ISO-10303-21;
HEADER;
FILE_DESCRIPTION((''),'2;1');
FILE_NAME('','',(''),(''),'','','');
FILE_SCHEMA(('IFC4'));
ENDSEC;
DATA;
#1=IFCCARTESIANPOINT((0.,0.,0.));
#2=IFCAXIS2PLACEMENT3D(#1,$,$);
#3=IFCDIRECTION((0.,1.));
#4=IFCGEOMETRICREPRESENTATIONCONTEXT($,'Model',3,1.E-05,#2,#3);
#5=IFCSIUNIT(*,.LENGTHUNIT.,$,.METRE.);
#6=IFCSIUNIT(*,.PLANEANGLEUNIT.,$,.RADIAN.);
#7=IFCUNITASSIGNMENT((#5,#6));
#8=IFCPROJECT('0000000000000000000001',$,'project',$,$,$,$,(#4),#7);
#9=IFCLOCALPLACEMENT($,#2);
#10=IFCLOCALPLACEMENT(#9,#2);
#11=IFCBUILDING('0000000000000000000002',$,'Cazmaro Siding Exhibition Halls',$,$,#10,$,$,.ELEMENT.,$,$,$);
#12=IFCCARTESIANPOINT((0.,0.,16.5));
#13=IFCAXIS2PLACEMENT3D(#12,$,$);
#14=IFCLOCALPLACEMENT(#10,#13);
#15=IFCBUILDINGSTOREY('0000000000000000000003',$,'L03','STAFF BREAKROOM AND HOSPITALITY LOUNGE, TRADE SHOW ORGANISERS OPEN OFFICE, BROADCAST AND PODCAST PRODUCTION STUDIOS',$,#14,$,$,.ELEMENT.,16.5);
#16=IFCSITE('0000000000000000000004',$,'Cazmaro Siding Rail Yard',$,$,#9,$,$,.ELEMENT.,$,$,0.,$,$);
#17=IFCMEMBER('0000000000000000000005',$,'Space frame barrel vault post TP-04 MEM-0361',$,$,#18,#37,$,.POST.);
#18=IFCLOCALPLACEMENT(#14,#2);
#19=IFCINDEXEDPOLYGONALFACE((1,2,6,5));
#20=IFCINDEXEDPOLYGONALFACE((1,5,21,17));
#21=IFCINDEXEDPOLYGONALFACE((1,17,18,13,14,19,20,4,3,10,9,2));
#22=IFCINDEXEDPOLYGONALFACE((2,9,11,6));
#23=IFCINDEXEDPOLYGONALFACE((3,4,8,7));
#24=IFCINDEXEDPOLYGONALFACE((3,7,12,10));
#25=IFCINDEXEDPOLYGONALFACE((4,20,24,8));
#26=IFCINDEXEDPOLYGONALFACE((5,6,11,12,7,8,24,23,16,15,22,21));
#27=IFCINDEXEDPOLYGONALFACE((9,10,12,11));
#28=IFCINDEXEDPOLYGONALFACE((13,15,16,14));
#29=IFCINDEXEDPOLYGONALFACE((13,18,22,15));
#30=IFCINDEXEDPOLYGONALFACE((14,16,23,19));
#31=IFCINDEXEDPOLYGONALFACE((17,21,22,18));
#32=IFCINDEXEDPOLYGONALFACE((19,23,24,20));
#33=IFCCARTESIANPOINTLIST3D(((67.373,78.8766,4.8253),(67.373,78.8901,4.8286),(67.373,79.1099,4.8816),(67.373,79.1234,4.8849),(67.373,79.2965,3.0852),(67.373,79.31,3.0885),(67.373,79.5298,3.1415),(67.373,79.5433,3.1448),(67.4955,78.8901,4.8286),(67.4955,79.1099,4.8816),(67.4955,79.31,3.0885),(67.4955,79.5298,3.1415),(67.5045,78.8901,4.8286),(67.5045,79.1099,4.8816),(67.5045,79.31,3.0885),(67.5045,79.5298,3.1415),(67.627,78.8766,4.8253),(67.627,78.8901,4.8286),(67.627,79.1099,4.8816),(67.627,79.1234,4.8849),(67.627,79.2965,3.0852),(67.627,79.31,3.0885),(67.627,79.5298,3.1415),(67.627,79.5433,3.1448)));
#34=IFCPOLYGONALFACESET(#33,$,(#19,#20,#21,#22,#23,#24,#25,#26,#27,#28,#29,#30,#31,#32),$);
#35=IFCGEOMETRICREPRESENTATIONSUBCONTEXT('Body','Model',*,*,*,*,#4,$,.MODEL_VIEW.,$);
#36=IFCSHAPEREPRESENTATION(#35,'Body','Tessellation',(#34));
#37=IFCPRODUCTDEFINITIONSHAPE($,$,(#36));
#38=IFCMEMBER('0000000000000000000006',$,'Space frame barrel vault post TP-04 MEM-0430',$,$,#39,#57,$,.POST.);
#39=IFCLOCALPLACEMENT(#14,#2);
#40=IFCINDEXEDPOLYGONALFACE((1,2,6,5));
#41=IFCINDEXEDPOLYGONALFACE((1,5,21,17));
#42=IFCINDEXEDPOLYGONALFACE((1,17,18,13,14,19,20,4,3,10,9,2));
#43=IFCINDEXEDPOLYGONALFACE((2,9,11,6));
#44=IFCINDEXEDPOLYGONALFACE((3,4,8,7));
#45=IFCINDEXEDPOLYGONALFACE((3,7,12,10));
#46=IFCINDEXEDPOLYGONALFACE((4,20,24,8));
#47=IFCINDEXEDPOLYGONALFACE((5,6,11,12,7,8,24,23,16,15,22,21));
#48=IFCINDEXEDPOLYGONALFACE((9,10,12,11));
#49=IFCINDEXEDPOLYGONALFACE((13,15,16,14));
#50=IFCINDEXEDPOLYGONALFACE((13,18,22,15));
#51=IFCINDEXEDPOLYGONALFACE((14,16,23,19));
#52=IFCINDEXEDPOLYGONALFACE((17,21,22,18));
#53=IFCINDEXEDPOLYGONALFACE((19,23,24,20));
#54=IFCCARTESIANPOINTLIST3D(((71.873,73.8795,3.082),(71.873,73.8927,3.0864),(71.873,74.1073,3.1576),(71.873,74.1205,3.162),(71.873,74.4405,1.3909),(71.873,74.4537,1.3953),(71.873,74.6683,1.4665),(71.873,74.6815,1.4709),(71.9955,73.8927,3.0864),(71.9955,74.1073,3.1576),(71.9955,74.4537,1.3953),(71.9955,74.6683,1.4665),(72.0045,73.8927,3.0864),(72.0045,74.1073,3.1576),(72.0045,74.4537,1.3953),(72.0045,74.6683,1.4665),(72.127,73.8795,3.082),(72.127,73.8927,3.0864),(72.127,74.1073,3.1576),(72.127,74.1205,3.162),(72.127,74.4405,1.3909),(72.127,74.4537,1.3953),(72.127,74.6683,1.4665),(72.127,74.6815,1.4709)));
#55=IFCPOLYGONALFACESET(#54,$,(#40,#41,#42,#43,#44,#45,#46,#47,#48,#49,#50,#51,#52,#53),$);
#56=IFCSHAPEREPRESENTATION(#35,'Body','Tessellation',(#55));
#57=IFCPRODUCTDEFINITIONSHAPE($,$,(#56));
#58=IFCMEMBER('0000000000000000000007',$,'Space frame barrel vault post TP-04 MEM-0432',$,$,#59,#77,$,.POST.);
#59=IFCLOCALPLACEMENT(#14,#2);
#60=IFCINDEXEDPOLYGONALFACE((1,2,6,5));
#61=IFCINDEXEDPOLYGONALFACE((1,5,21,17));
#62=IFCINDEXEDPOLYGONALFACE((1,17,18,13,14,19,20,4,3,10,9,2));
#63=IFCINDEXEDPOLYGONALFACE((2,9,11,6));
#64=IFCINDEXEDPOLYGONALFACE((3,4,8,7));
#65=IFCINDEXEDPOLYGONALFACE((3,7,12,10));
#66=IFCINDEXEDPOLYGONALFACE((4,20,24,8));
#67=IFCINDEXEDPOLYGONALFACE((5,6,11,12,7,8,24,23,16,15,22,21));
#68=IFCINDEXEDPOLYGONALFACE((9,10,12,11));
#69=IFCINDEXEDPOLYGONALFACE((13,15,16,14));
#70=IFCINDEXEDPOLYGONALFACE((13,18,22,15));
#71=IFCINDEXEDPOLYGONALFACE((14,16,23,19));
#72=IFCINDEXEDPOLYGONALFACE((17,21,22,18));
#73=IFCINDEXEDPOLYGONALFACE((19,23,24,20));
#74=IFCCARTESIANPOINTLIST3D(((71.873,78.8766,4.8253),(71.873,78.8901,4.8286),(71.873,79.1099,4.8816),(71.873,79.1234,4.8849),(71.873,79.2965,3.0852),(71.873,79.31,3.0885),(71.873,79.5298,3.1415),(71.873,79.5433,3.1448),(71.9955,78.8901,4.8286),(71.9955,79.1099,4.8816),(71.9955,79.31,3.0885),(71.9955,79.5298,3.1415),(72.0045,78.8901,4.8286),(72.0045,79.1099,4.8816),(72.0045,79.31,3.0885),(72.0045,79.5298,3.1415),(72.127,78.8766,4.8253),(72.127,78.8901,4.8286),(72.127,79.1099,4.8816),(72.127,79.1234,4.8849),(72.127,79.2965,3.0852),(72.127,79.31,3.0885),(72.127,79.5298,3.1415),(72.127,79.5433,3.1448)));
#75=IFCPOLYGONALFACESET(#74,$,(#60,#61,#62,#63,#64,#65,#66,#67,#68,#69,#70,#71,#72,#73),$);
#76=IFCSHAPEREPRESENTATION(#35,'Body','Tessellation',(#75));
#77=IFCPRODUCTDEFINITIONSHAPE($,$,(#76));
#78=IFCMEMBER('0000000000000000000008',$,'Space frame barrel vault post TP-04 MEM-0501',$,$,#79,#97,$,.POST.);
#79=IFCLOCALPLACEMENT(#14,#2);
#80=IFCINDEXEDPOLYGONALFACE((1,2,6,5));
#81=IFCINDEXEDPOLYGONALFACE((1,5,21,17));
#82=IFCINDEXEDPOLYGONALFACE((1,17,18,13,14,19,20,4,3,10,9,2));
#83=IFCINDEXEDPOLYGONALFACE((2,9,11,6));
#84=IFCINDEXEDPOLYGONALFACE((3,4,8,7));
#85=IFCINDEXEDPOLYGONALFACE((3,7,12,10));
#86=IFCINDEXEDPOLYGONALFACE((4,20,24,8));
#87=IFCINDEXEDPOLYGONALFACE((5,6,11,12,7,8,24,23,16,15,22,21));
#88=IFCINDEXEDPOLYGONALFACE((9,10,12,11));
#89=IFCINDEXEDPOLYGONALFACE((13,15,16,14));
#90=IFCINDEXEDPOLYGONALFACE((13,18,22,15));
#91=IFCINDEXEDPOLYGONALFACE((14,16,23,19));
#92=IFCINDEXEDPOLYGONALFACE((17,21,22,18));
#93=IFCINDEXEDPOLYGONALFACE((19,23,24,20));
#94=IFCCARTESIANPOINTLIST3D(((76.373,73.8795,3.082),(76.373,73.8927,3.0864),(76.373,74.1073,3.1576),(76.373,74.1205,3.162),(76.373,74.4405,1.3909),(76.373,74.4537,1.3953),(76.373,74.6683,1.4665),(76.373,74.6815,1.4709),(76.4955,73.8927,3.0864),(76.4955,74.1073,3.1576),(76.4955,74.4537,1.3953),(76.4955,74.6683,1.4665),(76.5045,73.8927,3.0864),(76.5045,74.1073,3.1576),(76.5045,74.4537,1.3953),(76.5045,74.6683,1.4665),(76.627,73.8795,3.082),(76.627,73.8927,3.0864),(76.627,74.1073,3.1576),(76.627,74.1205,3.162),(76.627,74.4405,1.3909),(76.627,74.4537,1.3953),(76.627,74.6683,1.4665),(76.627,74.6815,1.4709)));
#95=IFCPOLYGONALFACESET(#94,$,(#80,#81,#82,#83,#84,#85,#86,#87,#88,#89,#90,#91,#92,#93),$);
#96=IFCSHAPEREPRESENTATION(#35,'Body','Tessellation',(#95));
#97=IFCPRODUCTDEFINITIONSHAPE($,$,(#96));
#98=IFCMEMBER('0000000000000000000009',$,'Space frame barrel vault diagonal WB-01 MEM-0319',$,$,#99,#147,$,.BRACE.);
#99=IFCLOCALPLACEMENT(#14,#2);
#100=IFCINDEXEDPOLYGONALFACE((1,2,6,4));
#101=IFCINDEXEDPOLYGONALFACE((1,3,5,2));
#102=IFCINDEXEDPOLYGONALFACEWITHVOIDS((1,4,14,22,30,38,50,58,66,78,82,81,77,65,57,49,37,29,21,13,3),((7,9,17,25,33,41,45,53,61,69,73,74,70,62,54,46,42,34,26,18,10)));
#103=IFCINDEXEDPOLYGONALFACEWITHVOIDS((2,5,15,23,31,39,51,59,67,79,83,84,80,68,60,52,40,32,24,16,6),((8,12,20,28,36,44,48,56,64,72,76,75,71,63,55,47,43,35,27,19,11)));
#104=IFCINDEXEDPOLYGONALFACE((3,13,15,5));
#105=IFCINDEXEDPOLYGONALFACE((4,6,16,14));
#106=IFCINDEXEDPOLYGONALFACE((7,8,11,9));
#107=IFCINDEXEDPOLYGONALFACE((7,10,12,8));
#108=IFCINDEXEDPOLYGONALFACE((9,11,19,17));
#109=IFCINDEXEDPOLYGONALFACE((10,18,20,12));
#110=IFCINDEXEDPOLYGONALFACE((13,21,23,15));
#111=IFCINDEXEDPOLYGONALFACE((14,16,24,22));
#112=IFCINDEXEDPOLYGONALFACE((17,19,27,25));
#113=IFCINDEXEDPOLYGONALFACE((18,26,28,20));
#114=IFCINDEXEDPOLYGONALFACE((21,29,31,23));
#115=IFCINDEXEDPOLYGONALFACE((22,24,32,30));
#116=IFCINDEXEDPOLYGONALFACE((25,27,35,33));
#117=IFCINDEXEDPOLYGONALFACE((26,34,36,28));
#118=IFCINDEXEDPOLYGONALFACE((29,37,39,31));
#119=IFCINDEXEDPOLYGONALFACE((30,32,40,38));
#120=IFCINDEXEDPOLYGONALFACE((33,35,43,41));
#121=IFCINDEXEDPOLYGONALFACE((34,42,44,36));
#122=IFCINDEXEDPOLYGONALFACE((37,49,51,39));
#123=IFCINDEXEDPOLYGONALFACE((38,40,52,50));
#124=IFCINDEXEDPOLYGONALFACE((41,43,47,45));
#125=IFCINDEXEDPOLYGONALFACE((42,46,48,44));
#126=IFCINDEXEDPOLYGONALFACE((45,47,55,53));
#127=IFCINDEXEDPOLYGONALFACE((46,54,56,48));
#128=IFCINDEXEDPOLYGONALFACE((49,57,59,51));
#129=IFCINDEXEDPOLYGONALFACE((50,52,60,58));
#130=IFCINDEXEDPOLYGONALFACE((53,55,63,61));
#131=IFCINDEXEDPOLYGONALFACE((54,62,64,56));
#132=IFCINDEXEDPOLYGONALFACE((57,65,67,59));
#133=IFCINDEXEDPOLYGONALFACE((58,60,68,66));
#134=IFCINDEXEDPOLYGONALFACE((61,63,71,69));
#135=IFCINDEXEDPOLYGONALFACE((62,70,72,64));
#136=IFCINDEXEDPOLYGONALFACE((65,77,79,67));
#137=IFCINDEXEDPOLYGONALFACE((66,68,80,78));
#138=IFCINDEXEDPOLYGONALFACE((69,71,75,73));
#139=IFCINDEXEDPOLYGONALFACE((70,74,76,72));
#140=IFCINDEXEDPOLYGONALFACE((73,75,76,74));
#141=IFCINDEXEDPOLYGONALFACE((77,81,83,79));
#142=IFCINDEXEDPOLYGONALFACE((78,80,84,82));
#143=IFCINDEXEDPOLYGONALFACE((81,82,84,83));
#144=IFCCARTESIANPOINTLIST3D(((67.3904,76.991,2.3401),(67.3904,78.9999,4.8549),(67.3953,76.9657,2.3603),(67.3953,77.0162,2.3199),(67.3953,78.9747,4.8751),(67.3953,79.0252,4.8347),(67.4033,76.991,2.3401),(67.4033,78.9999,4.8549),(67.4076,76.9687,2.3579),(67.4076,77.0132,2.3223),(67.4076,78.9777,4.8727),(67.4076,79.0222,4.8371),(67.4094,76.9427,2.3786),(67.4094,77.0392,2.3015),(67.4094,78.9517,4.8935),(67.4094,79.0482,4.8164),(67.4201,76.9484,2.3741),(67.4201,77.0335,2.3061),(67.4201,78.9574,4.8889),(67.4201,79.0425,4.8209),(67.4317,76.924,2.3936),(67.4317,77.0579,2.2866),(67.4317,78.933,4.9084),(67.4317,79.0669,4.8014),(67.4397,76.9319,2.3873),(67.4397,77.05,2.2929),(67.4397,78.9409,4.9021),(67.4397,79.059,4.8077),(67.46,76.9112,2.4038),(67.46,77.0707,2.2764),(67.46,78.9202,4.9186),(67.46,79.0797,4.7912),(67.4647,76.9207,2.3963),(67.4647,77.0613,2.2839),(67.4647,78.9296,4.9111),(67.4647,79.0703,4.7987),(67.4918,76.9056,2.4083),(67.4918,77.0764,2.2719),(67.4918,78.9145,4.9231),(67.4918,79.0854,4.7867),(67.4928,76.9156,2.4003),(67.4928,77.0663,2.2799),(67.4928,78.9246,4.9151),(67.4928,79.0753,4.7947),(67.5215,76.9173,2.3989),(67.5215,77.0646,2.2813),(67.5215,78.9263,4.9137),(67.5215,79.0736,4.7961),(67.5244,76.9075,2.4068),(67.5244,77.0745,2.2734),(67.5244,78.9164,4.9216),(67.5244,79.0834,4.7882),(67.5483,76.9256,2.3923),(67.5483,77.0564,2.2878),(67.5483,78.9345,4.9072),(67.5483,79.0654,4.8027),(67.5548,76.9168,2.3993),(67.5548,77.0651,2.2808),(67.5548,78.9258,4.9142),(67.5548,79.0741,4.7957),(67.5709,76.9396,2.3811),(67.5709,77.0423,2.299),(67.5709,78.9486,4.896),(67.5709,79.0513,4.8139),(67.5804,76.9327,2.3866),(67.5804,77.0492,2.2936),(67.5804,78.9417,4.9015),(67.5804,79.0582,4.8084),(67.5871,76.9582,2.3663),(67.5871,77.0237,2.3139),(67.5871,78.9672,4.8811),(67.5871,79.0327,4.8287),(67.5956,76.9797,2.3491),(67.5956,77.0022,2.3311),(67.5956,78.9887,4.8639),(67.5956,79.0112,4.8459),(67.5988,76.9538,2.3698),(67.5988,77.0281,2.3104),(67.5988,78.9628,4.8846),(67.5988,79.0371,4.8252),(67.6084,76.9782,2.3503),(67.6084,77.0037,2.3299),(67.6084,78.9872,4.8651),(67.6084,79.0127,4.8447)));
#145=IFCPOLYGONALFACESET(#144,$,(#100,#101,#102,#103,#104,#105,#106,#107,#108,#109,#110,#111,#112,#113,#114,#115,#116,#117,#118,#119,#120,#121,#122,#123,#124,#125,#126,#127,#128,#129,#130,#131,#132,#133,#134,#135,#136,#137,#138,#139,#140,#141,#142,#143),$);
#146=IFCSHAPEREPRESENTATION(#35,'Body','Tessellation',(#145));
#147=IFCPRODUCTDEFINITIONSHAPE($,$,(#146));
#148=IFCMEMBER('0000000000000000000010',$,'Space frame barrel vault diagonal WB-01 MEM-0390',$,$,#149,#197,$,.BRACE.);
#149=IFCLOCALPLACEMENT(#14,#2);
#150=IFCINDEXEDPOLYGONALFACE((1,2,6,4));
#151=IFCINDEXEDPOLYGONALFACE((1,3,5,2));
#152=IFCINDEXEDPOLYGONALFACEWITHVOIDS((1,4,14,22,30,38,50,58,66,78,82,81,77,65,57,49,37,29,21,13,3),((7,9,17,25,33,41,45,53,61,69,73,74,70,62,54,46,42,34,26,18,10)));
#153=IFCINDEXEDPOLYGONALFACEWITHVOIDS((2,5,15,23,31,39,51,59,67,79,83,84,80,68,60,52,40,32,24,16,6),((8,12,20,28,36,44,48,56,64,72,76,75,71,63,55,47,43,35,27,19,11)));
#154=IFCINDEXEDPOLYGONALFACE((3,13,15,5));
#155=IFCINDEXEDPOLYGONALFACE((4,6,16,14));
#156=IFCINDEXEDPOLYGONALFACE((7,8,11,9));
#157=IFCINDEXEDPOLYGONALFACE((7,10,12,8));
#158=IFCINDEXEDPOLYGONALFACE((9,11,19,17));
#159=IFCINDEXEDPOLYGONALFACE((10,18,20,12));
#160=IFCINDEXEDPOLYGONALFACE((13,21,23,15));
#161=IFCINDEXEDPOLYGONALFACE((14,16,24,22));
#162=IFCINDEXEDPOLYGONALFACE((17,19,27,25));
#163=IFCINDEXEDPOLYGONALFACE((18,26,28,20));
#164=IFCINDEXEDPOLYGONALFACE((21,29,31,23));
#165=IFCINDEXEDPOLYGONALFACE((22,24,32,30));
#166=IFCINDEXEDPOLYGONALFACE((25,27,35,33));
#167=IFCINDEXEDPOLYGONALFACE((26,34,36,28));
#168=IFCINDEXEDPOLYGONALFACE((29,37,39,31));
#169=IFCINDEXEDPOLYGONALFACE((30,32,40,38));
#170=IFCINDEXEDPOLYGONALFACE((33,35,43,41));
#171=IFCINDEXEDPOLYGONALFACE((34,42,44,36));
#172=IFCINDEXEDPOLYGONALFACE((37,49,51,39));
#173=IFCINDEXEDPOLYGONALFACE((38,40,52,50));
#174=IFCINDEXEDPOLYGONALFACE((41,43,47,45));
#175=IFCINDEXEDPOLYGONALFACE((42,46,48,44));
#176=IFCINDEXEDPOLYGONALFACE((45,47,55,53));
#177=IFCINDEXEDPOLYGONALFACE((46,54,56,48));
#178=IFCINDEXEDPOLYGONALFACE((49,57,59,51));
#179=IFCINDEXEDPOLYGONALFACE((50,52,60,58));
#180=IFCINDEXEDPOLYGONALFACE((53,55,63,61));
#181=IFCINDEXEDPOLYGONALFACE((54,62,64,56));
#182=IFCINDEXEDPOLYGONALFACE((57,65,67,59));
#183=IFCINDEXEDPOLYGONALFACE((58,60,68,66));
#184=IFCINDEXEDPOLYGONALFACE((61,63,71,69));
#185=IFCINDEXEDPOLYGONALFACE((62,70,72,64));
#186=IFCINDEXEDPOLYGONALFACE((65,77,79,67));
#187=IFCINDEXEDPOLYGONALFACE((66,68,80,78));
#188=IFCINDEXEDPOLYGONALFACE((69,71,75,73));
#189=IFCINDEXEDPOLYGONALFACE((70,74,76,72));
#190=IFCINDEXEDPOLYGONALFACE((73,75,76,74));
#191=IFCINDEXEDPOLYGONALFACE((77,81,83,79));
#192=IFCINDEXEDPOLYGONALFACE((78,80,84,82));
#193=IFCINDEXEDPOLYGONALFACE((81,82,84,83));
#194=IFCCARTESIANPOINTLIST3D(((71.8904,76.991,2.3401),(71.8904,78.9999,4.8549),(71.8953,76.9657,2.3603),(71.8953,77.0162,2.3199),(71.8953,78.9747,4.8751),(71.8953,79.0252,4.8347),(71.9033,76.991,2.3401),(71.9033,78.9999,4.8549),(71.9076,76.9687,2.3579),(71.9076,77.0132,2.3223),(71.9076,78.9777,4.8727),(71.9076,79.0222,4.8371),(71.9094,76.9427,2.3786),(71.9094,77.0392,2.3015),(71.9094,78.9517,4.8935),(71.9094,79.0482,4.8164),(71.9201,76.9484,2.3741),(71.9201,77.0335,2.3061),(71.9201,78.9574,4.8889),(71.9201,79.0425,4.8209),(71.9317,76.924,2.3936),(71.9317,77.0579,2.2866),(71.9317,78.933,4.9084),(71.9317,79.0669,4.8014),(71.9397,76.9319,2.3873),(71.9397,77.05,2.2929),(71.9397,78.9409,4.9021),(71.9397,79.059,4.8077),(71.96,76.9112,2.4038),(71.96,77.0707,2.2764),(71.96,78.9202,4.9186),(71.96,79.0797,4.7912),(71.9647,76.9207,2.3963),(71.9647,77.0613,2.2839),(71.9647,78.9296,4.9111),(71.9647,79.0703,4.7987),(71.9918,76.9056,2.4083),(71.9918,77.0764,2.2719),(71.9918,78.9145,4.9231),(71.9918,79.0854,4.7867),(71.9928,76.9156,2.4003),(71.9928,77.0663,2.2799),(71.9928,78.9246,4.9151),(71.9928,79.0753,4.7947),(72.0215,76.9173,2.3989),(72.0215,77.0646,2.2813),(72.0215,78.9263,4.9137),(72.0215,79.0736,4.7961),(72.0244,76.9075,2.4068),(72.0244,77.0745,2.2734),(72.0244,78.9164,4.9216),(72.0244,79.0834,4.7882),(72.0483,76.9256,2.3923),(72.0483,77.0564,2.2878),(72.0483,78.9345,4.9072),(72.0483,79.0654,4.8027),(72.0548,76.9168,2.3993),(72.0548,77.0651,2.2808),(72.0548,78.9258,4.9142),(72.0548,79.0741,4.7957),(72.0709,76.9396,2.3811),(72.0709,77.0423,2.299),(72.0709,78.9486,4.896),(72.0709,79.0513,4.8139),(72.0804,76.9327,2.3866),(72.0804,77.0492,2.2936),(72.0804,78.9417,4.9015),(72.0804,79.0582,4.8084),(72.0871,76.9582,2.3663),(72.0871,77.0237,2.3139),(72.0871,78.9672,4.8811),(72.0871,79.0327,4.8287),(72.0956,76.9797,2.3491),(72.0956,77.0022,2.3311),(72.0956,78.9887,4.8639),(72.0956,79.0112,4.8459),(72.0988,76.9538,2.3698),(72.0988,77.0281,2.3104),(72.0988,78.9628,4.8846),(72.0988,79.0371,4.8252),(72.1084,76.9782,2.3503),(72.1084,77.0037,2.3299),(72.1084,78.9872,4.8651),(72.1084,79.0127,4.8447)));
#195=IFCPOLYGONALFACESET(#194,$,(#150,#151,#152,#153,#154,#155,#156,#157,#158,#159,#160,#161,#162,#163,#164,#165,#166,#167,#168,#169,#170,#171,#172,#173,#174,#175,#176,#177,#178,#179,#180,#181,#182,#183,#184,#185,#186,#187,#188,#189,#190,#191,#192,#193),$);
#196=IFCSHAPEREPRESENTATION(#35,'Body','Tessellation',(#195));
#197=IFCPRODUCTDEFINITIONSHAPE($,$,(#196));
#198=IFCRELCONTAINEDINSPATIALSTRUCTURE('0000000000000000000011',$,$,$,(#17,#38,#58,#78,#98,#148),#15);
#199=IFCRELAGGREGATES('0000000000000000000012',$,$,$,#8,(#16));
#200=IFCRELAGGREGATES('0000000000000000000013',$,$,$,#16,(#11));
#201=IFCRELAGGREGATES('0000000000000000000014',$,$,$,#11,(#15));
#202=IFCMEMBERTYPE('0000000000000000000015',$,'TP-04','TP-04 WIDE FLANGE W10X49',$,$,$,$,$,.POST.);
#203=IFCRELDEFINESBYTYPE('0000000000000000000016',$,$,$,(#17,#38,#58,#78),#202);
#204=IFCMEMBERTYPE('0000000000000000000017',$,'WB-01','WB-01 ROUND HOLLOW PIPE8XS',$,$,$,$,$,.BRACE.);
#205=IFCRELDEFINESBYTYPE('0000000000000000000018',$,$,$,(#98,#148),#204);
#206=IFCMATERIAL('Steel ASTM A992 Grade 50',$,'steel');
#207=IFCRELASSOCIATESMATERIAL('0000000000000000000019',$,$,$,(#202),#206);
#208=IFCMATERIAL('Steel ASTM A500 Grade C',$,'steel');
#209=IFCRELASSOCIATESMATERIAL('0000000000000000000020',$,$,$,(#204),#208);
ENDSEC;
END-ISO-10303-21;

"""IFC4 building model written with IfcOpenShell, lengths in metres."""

from ifc_helpers import new_model, si_unit, direction, frame, origin, origin_2d, place, context, subcontext, project, spatial, hollow_circle, i_section, extrude, material, material_profile, profile_set, type_object, element, save


model = new_model("IFC4")

# Units and contexts
model_context = context("Model", 3, precision=1e-05, world=origin(), true_north=direction((0.0, 1.0)))
body_context = subcontext(model_context, "Body", "Model", "MODEL_VIEW")
ifc_project = project(units=[si_unit("LENGTHUNIT", "METRE"), si_unit("PLANEANGLEUNIT", "RADIAN")], contexts=[model_context])

# Site, building, storey
site_placement = place(None, origin())
site = spatial("IfcSite", under=ifc_project, at=site_placement, Name="Cazmaro Siding Rail Yard", CompositionType="ELEMENT", RefElevation=0.0)
building_placement = place(site_placement, origin())
building = spatial("IfcBuilding", under=site, at=building_placement, Name="Cazmaro Siding Exhibition Halls", CompositionType="ELEMENT")
storey_placement = place(building_placement, frame((0.0, 0.0, 16.5)))
storey = spatial("IfcBuildingStorey", under=building, at=storey_placement, Name="L03", Description="STAFF BREAKROOM AND HOSPITALITY LOUNGE, TRADE SHOW ORGANISERS OPEN OFFICE, BROADCAST AND PODCAST PRODUCTION STUDIOS", CompositionType="ELEMENT", Elevation=16.5)

# Members
ifc_material_1 = material(Name="Steel ASTM A992 Grade 50", Category="steel")
ifc_material_profile_1 = material_profile(ifc_material_1, i_section(OverallWidth=0.2539, OverallDepth=0.2539, WebThickness=0.009, FlangeThickness=0.0139, at=origin_2d()), Name="W10X49")
ifc_profile_set_1 = profile_set([ifc_material_profile_1], Name="Steel ASTM A992 Grade 50")
member_type_1 = type_object("IfcMemberType", Name="TP-04", Description="TP-04 WIDE FLANGE W10X49", PredefinedType="POST", material=ifc_profile_set_1)
member_1_placement = place(storey_placement, frame((67.5, 79.4199, 3.115), z_axis=(0.0, -0.234601, 0.972092), x_axis=(1.0, 0.0, 0.0)))
element("IfcMember", 1, at=member_1_placement, inside=storey, type_object=member_type_1, Name="Space frame barrel vault post TP-04 MEM-0361", PredefinedType="POST", context=body_context, shape_type="SweptSolid", body=[
    extrude(i_section(OverallWidth=0.2539, OverallDepth=0.2539, WebThickness=0.009, FlangeThickness=0.0139, at=origin_2d()), origin(), (0.0, 0.0, 1.0), 1.79),
])
member_2_placement = place(storey_placement, frame((72.0, 74.561, 1.4309), z_axis=(0.0, -0.314871, 0.949134), x_axis=(1.0, 0.0, 0.0)))
element("IfcMember", 2, at=member_2_placement, inside=storey, type_object=member_type_1, Name="Space frame barrel vault post TP-04 MEM-0430", PredefinedType="POST", context=body_context, shape_type="SweptSolid", body=[
    extrude(i_section(OverallWidth=0.2539, OverallDepth=0.2539, WebThickness=0.009, FlangeThickness=0.0139, at=origin_2d()), origin(), (0.0, 0.0, 1.0), 1.7817),
])
member_3_placement = place(storey_placement, frame((72.0, 79.4199, 3.115), z_axis=(0.0, -0.234601, 0.972092), x_axis=(1.0, 0.0, 0.0)))
element("IfcMember", 3, at=member_3_placement, inside=storey, type_object=member_type_1, Name="Space frame barrel vault post TP-04 MEM-0432", PredefinedType="POST", context=body_context, shape_type="SweptSolid", body=[
    extrude(i_section(OverallWidth=0.2539, OverallDepth=0.2539, WebThickness=0.009, FlangeThickness=0.0139, at=origin_2d()), origin(), (0.0, 0.0, 1.0), 1.79),
])
member_4_placement = place(storey_placement, frame((76.5, 74.561, 1.4309), z_axis=(0.0, -0.314871, 0.949134), x_axis=(1.0, 0.0, 0.0)))
element("IfcMember", 4, at=member_4_placement, inside=storey, type_object=member_type_1, Name="Space frame barrel vault post TP-04 MEM-0501", PredefinedType="POST", context=body_context, shape_type="SweptSolid", body=[
    extrude(i_section(OverallWidth=0.2539, OverallDepth=0.2539, WebThickness=0.009, FlangeThickness=0.0139, at=origin_2d()), origin(), (0.0, 0.0, 1.0), 1.7817),
])
ifc_material_2 = material(Name="Steel ASTM A500 Grade C", Category="steel")
ifc_material_profile_2 = material_profile(ifc_material_2, hollow_circle(Radius=0.1096, WallThickness=0.0129, at=origin_2d()), Name="PIPE8XS")
ifc_profile_set_2 = profile_set([ifc_material_profile_2], Name="Steel ASTM A500 Grade C")
member_type_2 = type_object("IfcMemberType", Name="WB-01", Description="WB-01 ROUND HOLLOW PIPE8XS", PredefinedType="BRACE", material=ifc_profile_set_2)
for number, where, z_axis, x_axis, name in (
    (5, (67.5, 76.991, 2.3401), (0.0, 0.624149, 0.781305), (-1.0, 0.0, 0.0), "Space frame barrel vault diagonal WB-01 MEM-0319"),
    (6, (72.0, 76.991, 2.3401), (0.0, 0.624149, 0.781305), (-1.0, 0.0, 0.0), "Space frame barrel vault diagonal WB-01 MEM-0390"),
):
    element("IfcMember", number, at=place(storey_placement, frame(where, z_axis=z_axis, x_axis=x_axis)), inside=storey, type_object=member_type_2, Name=name, PredefinedType="BRACE", context=body_context, shape_type="SweptSolid", body=[
        extrude(hollow_circle(Radius=0.1096, WallThickness=0.0129, at=origin_2d()), origin(), (0.0, 0.0, 1.0), 3.2188),
    ])

save(model, "model.ifc")
